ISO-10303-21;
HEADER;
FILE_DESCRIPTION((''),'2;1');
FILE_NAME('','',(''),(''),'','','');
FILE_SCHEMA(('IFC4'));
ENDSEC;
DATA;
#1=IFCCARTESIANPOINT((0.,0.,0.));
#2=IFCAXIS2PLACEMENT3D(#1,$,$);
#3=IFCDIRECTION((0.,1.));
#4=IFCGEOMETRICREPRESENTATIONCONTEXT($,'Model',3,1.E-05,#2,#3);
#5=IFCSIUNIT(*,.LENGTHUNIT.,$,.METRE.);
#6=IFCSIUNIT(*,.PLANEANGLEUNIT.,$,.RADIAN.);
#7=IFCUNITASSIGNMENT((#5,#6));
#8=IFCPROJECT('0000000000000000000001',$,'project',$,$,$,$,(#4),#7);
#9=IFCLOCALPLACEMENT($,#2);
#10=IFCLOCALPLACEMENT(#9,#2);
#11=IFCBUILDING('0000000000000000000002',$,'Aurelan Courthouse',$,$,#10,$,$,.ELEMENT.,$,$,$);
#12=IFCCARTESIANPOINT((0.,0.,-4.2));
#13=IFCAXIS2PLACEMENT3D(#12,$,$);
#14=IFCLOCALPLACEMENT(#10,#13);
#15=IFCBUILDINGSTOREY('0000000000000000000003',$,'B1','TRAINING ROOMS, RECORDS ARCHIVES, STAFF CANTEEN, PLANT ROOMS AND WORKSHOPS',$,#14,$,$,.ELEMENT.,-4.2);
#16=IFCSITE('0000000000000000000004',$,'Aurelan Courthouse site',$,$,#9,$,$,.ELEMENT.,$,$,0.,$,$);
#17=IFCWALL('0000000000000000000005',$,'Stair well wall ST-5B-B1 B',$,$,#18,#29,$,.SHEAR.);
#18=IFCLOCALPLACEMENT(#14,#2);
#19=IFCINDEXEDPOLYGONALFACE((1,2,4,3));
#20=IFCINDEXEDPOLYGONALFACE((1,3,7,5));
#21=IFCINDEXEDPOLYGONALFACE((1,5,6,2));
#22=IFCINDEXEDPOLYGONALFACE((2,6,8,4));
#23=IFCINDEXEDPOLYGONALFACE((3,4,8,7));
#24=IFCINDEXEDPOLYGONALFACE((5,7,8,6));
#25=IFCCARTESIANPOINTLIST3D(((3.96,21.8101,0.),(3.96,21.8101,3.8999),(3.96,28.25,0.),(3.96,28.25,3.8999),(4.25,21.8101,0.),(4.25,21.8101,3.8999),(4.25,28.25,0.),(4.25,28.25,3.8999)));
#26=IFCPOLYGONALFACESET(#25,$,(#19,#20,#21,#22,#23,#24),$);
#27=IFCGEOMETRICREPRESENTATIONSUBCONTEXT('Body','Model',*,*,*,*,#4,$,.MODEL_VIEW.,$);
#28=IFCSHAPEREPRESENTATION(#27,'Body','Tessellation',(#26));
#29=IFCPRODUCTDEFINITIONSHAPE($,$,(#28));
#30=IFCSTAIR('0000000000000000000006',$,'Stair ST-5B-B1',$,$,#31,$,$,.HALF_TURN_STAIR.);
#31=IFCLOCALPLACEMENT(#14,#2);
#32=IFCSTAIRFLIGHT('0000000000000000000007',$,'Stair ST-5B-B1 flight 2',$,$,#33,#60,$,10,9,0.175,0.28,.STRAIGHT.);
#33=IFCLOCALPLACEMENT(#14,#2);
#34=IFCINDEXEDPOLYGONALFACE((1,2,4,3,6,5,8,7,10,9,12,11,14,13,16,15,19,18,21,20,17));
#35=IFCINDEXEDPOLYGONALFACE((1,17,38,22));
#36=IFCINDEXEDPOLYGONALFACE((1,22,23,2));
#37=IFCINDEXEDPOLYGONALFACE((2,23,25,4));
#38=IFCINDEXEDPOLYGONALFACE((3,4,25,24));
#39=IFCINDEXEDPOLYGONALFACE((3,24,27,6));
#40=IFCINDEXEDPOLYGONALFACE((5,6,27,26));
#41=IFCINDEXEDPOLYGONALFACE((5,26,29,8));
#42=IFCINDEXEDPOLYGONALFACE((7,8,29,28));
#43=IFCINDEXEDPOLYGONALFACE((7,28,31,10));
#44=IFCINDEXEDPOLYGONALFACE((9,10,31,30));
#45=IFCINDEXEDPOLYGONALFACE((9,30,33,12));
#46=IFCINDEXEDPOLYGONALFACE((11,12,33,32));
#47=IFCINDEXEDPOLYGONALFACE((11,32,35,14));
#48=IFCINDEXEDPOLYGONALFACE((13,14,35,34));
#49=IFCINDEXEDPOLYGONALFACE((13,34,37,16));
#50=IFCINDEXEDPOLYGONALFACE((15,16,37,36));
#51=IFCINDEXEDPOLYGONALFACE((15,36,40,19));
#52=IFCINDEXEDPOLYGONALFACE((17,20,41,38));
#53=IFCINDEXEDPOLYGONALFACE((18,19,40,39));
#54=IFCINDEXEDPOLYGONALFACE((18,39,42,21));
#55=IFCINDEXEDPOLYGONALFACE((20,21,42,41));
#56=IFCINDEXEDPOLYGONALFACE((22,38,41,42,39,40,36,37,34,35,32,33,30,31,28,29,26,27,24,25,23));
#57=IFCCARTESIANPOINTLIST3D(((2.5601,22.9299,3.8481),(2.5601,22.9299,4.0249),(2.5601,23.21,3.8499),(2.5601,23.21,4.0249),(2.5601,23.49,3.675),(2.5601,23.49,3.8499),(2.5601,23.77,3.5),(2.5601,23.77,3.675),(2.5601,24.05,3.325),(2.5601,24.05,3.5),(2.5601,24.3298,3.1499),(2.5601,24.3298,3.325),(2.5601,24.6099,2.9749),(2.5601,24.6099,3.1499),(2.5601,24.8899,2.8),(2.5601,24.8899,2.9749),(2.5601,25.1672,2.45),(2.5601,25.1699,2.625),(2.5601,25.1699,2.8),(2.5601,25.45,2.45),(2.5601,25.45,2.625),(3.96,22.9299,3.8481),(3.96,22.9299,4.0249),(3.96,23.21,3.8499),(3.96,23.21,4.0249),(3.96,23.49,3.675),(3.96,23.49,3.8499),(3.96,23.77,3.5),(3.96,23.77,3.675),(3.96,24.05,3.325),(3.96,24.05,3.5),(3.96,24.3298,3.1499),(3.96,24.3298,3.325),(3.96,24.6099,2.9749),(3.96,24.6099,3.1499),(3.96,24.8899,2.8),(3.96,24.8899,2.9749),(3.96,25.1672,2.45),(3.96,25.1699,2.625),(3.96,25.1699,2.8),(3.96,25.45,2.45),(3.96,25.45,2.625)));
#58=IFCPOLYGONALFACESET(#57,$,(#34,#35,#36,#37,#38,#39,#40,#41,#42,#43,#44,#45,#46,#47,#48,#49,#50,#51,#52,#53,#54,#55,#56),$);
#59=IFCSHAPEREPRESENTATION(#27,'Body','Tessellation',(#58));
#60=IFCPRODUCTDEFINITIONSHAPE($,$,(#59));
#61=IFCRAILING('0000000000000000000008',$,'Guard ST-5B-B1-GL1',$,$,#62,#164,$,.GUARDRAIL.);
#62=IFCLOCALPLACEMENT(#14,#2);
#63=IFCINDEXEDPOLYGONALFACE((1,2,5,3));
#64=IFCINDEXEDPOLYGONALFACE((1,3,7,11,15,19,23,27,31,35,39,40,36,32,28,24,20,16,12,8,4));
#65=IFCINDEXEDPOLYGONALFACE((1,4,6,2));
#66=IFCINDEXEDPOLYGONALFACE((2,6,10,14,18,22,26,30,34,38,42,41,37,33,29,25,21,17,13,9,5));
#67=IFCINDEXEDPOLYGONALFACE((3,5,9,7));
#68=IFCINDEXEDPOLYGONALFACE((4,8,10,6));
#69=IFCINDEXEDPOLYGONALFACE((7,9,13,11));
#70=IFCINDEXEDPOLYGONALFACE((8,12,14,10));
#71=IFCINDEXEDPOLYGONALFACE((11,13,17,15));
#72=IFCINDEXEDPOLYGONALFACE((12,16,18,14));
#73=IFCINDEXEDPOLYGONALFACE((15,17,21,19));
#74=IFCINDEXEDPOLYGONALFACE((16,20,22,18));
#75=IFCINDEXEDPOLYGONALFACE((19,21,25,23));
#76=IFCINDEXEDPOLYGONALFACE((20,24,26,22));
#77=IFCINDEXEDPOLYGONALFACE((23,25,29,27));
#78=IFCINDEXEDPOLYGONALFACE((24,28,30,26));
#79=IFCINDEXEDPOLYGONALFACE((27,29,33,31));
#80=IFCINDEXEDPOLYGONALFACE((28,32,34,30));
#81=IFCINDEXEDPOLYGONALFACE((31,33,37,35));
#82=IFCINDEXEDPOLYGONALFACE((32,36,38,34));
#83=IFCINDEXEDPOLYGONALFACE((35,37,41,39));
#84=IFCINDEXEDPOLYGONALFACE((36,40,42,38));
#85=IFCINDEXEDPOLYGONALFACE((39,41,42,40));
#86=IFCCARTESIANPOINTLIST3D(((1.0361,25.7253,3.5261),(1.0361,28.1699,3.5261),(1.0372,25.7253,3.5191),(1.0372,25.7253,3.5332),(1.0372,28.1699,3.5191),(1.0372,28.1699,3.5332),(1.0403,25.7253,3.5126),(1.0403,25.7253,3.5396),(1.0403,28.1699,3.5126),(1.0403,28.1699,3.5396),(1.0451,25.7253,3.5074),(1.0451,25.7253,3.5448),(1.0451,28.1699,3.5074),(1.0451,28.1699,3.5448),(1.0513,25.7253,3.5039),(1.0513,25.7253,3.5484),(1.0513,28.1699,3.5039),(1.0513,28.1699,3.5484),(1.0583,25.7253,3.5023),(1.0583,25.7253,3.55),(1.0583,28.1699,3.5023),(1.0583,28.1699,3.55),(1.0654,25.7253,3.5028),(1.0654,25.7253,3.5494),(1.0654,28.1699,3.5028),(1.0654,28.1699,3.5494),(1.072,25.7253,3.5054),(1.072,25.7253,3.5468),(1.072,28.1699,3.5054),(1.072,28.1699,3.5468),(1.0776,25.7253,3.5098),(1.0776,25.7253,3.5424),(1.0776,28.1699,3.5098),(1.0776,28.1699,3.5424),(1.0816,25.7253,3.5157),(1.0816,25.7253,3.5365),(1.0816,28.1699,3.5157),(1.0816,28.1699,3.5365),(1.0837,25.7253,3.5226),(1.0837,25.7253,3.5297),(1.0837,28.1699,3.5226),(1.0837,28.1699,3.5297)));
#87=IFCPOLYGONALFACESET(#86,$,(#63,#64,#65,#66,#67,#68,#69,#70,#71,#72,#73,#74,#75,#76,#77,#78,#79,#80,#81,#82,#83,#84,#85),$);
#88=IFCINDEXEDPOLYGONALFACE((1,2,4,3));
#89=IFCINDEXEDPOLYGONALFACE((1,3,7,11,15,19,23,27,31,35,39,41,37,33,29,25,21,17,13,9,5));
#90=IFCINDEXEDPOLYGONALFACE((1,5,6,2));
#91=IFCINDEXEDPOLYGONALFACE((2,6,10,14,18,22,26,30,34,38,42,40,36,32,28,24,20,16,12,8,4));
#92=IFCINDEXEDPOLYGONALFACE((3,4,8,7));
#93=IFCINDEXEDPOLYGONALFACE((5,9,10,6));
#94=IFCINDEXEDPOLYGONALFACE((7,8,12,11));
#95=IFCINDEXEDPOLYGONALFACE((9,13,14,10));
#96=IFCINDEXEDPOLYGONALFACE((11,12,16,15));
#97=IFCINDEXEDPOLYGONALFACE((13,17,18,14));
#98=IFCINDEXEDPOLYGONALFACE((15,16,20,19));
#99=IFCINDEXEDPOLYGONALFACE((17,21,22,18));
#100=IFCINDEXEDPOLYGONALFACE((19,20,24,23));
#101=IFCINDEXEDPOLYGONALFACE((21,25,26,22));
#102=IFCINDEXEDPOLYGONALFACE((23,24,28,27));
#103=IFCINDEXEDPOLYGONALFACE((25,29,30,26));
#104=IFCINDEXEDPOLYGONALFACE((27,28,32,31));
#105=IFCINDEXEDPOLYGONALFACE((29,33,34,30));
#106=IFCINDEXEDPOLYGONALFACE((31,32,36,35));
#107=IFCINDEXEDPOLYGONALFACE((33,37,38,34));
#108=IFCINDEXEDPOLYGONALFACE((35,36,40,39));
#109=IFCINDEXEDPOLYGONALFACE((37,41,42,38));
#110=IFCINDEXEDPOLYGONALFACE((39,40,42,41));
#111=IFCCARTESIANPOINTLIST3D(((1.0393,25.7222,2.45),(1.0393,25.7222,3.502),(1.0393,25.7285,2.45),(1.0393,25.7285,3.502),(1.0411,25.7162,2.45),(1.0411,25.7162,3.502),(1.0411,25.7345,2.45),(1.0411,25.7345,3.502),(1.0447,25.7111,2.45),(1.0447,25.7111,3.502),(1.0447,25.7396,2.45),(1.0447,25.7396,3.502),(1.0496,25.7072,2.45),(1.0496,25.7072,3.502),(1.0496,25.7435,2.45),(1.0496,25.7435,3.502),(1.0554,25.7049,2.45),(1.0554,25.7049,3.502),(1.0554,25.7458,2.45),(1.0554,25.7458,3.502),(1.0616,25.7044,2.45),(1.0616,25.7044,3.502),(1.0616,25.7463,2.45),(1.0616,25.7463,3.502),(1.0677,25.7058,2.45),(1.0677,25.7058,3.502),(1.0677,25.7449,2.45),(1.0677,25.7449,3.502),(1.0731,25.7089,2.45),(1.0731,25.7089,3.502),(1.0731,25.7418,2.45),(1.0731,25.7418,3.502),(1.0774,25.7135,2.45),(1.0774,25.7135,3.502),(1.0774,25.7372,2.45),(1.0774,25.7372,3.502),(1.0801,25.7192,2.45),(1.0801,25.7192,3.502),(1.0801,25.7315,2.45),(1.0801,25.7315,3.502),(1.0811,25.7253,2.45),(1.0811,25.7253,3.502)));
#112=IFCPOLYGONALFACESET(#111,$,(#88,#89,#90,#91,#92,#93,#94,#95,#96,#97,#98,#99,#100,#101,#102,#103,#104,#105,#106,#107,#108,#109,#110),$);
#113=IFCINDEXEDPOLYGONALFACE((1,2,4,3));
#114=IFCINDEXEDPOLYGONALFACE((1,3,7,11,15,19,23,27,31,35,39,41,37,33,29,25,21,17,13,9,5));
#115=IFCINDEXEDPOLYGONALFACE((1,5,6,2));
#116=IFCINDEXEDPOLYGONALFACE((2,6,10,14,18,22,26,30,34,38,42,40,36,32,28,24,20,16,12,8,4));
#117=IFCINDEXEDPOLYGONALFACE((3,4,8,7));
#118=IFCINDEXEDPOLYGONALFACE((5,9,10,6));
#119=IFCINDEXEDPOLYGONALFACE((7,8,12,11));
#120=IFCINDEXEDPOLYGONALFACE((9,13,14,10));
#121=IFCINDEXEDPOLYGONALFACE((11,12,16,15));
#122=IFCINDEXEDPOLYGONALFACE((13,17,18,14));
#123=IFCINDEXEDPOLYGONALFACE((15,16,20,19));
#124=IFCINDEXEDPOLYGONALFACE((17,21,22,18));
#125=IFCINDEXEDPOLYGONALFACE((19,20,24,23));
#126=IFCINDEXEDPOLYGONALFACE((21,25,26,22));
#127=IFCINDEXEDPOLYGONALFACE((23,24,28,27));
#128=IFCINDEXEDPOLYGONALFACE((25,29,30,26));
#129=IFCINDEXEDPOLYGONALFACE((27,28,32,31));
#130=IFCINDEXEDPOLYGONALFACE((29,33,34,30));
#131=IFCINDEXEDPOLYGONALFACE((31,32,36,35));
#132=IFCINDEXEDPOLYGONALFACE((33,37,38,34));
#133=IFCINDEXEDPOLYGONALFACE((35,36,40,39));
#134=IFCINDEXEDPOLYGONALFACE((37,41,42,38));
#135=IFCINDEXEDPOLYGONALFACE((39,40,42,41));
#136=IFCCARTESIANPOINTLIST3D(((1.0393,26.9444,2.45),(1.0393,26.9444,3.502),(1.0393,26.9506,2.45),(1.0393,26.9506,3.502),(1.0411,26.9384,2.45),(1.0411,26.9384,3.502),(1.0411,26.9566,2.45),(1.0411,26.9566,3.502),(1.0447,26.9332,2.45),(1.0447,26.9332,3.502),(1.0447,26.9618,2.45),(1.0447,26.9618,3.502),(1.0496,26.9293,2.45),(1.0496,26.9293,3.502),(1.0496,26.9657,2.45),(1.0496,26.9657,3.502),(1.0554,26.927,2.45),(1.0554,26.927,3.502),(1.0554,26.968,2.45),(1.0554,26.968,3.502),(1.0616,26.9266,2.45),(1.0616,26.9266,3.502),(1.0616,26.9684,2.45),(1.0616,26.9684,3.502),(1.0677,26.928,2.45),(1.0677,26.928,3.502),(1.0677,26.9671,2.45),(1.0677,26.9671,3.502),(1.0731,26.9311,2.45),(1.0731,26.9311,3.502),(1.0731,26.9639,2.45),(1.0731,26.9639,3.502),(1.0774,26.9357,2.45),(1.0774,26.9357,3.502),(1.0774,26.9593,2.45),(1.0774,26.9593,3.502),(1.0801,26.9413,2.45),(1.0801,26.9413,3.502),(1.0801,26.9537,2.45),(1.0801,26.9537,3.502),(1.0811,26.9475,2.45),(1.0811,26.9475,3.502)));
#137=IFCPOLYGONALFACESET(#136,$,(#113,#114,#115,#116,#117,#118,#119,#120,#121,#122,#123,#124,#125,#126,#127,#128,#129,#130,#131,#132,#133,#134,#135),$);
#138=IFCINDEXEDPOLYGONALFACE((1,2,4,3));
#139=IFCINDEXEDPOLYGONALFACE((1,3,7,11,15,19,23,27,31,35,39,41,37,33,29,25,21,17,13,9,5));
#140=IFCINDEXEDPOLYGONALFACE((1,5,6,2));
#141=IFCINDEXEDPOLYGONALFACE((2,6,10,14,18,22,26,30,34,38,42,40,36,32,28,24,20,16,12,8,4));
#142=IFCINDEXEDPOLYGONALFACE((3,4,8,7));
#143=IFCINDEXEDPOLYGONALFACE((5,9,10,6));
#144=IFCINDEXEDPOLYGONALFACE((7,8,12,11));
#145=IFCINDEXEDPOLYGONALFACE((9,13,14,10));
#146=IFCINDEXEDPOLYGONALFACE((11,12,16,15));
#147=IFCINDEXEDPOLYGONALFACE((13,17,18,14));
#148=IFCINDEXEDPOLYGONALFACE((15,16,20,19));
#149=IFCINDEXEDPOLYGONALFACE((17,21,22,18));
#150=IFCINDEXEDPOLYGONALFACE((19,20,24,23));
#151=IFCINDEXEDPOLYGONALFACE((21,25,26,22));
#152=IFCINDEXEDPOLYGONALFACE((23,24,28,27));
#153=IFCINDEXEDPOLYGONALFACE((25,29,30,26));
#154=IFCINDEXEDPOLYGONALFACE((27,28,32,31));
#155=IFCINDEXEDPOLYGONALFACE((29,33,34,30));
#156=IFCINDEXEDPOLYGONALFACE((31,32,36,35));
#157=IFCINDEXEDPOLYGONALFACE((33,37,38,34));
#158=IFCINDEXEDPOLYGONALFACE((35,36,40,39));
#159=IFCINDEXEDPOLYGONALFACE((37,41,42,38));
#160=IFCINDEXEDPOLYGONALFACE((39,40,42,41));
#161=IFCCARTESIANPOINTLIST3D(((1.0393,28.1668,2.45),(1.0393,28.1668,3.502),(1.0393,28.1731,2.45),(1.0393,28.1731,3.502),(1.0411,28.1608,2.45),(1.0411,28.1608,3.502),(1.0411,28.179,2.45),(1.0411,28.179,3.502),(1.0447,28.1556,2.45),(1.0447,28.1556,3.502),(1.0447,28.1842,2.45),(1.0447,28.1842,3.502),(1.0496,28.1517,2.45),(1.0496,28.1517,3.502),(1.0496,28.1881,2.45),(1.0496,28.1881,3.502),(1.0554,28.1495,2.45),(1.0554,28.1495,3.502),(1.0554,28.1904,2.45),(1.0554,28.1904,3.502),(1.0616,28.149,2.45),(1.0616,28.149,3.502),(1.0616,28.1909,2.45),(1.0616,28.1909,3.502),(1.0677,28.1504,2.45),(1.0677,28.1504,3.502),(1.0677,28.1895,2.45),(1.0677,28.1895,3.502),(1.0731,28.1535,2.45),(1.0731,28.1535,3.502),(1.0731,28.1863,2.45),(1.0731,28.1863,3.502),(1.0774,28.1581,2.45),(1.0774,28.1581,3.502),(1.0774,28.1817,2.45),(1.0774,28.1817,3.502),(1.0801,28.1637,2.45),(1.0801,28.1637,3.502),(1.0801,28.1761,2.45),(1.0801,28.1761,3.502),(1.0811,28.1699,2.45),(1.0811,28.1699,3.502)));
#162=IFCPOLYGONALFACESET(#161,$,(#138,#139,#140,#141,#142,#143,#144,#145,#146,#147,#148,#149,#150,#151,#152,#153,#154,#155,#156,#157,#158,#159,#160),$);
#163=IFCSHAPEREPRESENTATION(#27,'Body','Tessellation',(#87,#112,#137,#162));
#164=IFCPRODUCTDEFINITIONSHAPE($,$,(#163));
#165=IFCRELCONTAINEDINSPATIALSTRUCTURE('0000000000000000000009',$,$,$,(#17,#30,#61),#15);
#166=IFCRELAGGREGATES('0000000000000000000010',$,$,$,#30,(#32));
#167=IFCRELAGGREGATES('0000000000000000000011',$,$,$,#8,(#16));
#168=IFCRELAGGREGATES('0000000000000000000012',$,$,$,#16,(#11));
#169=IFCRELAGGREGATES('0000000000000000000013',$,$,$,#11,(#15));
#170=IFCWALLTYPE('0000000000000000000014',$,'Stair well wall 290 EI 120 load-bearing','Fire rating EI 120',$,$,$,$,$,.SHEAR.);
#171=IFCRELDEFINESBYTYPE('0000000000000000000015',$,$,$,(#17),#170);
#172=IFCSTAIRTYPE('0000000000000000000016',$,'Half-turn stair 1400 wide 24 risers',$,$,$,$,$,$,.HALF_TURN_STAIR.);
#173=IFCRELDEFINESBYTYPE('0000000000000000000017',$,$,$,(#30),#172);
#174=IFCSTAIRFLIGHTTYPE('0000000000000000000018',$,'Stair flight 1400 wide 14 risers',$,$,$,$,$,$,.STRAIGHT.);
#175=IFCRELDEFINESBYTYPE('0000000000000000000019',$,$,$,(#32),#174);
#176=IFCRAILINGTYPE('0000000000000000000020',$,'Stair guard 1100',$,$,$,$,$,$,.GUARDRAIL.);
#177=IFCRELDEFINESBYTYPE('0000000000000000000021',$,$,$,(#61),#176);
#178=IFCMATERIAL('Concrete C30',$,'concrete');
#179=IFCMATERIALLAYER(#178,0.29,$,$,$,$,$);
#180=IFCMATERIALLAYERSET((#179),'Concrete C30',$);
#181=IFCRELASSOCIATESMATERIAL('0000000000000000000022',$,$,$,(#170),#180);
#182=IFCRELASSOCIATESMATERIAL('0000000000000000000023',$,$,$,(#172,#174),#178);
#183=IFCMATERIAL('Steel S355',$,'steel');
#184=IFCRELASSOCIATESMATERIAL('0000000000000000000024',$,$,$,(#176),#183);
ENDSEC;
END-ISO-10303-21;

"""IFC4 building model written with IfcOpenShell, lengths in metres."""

from ifc_helpers import new_model, si_unit, direction, frame, frame_2d, origin, origin_2d, place, context, subcontext, project, spatial, polyline, rectangle, circle, outline, extrude, material, layer, layer_set, type_object, element, aggregate, save


model = new_model("IFC4")

# Units and contexts
model_context = context("Model", 3, precision=1e-05, world=origin(), true_north=direction((0.0, 1.0)))
body_context = subcontext(model_context, "Body", "Model", "MODEL_VIEW")
ifc_project = project(units=[si_unit("LENGTHUNIT", "METRE"), si_unit("PLANEANGLEUNIT", "RADIAN")], contexts=[model_context])

# Site, building, storey
site_placement = place(None, origin())
site = spatial("IfcSite", under=ifc_project, at=site_placement, Name="Aurelan Courthouse site", CompositionType="ELEMENT", RefElevation=0.0)
building_placement = place(site_placement, origin())
building = spatial("IfcBuilding", under=site, at=building_placement, Name="Aurelan Courthouse", CompositionType="ELEMENT")
storey_placement = place(building_placement, frame((0.0, 0.0, -4.2)))
storey = spatial("IfcBuildingStorey", under=building, at=storey_placement, Name="B1", Description="TRAINING ROOMS, RECORDS ARCHIVES, STAFF CANTEEN, PLANT ROOMS AND WORKSHOPS", CompositionType="ELEMENT", Elevation=-4.2)

# Wall
ifc_material_1 = material(Name="Concrete C30", Category="concrete")
ifc_layer_1 = layer(ifc_material_1, 0.29)
ifc_layer_set_1 = layer_set([ifc_layer_1], Name="Concrete C30")
wall_type_1 = type_object("IfcWallType", Name="Stair well wall 290 EI 120 load-bearing", Description="Fire rating EI 120", PredefinedType="SHEAR", material=ifc_layer_set_1)
wall_1_placement = place(storey_placement, frame((4.105, 21.8101, 0.0), z_axis=(0.0, 0.0, 1.0), x_axis=(0.0, 1.0, 0.0)))
element("IfcWall", 1, at=wall_1_placement, inside=storey, type_object=wall_type_1, Name="Stair well wall ST-5B-B1 B", PredefinedType="SHEAR", context=body_context, shape_type="SweptSolid", body=[
    extrude(rectangle(XDim=6.4399, YDim=0.29, at=frame_2d((3.22, 0.0))), origin(), (0.0, 0.0, 1.0), 3.8999),
])

# Stair, stair flight
stair_type = type_object("IfcStairType", Name="Half-turn stair 1400 wide 24 risers", PredefinedType="HALF_TURN_STAIR", material=ifc_material_1)
stair_placement = place(storey_placement, origin())
stair = element("IfcStair", 2, at=stair_placement, inside=storey, type_object=stair_type, Name="Stair ST-5B-B1", PredefinedType="HALF_TURN_STAIR")
stair_flight_type = type_object("IfcStairFlightType", Name="Stair flight 1400 wide 14 risers", PredefinedType="STRAIGHT", material=ifc_material_1)
stair_flight_placement = place(storey_placement, frame((3.26, 25.45, 2.45), z_axis=(0.0, 0.0, 1.0), x_axis=(0.0, -1.0, 0.0)))
stair_flight = element("IfcStairFlight", 3, at=stair_flight_placement, type_object=stair_flight_type, Name="Stair ST-5B-B1 flight 2", NumberOfRisers=10, NumberOfTreads=9, PredefinedType="STRAIGHT", RiserHeight=0.175, TreadLength=0.28, context=body_context, shape_type="SweptSolid", body=[
    extrude(outline(polyline([(0.0, 0.0), (0.0, 0.175), (0.28, 0.175), (0.28, 0.3501), (0.5601, 0.3501), (0.5601, 0.5249), (0.8401, 0.5249), (0.8401, 0.7), (1.1201, 0.7), (1.1201, 0.875), (1.3999, 0.875), (1.3999, 1.05), (1.6799, 1.05), (1.6799, 1.2251), (1.96, 1.2251), (1.96, 1.3999), (2.24, 1.3999), (2.24, 1.575), (2.52, 1.575), (2.52, 1.75), (2.52, 1.3982), (0.2827, 0.0), (0.0, 0.0)])), frame((0.0, 0.7, 0.0), z_axis=(0.0, -1.0, 0.0), x_axis=(1.0, 0.0, 0.0)), (0.0, 0.0, 1.0), 1.3999),
])
aggregate(stair, [stair_flight])

# Railing
ifc_material_2 = material(Name="Steel S355", Category="steel")
railing_type_1 = type_object("IfcRailingType", Name="Stair guard 1100", PredefinedType="GUARDRAIL", material=ifc_material_2)
railing_1_placement = place(storey_placement, frame((1.0601, 25.7253, 2.45)))
element("IfcRailing", 4, at=railing_1_placement, inside=storey, type_object=railing_type_1, Name="Guard ST-5B-B1-GL1", PredefinedType="GUARDRAIL", context=body_context, shape_type="SweptSolid", body=[
    extrude(circle(Radius=0.0239, at=origin_2d()), frame((0.0, 0.0, 1.0762), z_axis=(0.0, 1.0, 0.0), x_axis=(-1.0, 0.0, 0.0)), (0.0, 0.0, 1.0), 2.4446),
    extrude(circle(Radius=0.021, at=origin_2d()), origin(), (0.0, 0.0, 1.0), 1.052),
    extrude(circle(Radius=0.021, at=origin_2d()), frame((0.0, 1.2222, 0.0)), (0.0, 0.0, 1.0), 1.052),
    extrude(circle(Radius=0.021, at=origin_2d()), frame((0.0, 2.4446, 0.0)), (0.0, 0.0, 1.0), 1.052),
])

save(model, "model.ifc")
